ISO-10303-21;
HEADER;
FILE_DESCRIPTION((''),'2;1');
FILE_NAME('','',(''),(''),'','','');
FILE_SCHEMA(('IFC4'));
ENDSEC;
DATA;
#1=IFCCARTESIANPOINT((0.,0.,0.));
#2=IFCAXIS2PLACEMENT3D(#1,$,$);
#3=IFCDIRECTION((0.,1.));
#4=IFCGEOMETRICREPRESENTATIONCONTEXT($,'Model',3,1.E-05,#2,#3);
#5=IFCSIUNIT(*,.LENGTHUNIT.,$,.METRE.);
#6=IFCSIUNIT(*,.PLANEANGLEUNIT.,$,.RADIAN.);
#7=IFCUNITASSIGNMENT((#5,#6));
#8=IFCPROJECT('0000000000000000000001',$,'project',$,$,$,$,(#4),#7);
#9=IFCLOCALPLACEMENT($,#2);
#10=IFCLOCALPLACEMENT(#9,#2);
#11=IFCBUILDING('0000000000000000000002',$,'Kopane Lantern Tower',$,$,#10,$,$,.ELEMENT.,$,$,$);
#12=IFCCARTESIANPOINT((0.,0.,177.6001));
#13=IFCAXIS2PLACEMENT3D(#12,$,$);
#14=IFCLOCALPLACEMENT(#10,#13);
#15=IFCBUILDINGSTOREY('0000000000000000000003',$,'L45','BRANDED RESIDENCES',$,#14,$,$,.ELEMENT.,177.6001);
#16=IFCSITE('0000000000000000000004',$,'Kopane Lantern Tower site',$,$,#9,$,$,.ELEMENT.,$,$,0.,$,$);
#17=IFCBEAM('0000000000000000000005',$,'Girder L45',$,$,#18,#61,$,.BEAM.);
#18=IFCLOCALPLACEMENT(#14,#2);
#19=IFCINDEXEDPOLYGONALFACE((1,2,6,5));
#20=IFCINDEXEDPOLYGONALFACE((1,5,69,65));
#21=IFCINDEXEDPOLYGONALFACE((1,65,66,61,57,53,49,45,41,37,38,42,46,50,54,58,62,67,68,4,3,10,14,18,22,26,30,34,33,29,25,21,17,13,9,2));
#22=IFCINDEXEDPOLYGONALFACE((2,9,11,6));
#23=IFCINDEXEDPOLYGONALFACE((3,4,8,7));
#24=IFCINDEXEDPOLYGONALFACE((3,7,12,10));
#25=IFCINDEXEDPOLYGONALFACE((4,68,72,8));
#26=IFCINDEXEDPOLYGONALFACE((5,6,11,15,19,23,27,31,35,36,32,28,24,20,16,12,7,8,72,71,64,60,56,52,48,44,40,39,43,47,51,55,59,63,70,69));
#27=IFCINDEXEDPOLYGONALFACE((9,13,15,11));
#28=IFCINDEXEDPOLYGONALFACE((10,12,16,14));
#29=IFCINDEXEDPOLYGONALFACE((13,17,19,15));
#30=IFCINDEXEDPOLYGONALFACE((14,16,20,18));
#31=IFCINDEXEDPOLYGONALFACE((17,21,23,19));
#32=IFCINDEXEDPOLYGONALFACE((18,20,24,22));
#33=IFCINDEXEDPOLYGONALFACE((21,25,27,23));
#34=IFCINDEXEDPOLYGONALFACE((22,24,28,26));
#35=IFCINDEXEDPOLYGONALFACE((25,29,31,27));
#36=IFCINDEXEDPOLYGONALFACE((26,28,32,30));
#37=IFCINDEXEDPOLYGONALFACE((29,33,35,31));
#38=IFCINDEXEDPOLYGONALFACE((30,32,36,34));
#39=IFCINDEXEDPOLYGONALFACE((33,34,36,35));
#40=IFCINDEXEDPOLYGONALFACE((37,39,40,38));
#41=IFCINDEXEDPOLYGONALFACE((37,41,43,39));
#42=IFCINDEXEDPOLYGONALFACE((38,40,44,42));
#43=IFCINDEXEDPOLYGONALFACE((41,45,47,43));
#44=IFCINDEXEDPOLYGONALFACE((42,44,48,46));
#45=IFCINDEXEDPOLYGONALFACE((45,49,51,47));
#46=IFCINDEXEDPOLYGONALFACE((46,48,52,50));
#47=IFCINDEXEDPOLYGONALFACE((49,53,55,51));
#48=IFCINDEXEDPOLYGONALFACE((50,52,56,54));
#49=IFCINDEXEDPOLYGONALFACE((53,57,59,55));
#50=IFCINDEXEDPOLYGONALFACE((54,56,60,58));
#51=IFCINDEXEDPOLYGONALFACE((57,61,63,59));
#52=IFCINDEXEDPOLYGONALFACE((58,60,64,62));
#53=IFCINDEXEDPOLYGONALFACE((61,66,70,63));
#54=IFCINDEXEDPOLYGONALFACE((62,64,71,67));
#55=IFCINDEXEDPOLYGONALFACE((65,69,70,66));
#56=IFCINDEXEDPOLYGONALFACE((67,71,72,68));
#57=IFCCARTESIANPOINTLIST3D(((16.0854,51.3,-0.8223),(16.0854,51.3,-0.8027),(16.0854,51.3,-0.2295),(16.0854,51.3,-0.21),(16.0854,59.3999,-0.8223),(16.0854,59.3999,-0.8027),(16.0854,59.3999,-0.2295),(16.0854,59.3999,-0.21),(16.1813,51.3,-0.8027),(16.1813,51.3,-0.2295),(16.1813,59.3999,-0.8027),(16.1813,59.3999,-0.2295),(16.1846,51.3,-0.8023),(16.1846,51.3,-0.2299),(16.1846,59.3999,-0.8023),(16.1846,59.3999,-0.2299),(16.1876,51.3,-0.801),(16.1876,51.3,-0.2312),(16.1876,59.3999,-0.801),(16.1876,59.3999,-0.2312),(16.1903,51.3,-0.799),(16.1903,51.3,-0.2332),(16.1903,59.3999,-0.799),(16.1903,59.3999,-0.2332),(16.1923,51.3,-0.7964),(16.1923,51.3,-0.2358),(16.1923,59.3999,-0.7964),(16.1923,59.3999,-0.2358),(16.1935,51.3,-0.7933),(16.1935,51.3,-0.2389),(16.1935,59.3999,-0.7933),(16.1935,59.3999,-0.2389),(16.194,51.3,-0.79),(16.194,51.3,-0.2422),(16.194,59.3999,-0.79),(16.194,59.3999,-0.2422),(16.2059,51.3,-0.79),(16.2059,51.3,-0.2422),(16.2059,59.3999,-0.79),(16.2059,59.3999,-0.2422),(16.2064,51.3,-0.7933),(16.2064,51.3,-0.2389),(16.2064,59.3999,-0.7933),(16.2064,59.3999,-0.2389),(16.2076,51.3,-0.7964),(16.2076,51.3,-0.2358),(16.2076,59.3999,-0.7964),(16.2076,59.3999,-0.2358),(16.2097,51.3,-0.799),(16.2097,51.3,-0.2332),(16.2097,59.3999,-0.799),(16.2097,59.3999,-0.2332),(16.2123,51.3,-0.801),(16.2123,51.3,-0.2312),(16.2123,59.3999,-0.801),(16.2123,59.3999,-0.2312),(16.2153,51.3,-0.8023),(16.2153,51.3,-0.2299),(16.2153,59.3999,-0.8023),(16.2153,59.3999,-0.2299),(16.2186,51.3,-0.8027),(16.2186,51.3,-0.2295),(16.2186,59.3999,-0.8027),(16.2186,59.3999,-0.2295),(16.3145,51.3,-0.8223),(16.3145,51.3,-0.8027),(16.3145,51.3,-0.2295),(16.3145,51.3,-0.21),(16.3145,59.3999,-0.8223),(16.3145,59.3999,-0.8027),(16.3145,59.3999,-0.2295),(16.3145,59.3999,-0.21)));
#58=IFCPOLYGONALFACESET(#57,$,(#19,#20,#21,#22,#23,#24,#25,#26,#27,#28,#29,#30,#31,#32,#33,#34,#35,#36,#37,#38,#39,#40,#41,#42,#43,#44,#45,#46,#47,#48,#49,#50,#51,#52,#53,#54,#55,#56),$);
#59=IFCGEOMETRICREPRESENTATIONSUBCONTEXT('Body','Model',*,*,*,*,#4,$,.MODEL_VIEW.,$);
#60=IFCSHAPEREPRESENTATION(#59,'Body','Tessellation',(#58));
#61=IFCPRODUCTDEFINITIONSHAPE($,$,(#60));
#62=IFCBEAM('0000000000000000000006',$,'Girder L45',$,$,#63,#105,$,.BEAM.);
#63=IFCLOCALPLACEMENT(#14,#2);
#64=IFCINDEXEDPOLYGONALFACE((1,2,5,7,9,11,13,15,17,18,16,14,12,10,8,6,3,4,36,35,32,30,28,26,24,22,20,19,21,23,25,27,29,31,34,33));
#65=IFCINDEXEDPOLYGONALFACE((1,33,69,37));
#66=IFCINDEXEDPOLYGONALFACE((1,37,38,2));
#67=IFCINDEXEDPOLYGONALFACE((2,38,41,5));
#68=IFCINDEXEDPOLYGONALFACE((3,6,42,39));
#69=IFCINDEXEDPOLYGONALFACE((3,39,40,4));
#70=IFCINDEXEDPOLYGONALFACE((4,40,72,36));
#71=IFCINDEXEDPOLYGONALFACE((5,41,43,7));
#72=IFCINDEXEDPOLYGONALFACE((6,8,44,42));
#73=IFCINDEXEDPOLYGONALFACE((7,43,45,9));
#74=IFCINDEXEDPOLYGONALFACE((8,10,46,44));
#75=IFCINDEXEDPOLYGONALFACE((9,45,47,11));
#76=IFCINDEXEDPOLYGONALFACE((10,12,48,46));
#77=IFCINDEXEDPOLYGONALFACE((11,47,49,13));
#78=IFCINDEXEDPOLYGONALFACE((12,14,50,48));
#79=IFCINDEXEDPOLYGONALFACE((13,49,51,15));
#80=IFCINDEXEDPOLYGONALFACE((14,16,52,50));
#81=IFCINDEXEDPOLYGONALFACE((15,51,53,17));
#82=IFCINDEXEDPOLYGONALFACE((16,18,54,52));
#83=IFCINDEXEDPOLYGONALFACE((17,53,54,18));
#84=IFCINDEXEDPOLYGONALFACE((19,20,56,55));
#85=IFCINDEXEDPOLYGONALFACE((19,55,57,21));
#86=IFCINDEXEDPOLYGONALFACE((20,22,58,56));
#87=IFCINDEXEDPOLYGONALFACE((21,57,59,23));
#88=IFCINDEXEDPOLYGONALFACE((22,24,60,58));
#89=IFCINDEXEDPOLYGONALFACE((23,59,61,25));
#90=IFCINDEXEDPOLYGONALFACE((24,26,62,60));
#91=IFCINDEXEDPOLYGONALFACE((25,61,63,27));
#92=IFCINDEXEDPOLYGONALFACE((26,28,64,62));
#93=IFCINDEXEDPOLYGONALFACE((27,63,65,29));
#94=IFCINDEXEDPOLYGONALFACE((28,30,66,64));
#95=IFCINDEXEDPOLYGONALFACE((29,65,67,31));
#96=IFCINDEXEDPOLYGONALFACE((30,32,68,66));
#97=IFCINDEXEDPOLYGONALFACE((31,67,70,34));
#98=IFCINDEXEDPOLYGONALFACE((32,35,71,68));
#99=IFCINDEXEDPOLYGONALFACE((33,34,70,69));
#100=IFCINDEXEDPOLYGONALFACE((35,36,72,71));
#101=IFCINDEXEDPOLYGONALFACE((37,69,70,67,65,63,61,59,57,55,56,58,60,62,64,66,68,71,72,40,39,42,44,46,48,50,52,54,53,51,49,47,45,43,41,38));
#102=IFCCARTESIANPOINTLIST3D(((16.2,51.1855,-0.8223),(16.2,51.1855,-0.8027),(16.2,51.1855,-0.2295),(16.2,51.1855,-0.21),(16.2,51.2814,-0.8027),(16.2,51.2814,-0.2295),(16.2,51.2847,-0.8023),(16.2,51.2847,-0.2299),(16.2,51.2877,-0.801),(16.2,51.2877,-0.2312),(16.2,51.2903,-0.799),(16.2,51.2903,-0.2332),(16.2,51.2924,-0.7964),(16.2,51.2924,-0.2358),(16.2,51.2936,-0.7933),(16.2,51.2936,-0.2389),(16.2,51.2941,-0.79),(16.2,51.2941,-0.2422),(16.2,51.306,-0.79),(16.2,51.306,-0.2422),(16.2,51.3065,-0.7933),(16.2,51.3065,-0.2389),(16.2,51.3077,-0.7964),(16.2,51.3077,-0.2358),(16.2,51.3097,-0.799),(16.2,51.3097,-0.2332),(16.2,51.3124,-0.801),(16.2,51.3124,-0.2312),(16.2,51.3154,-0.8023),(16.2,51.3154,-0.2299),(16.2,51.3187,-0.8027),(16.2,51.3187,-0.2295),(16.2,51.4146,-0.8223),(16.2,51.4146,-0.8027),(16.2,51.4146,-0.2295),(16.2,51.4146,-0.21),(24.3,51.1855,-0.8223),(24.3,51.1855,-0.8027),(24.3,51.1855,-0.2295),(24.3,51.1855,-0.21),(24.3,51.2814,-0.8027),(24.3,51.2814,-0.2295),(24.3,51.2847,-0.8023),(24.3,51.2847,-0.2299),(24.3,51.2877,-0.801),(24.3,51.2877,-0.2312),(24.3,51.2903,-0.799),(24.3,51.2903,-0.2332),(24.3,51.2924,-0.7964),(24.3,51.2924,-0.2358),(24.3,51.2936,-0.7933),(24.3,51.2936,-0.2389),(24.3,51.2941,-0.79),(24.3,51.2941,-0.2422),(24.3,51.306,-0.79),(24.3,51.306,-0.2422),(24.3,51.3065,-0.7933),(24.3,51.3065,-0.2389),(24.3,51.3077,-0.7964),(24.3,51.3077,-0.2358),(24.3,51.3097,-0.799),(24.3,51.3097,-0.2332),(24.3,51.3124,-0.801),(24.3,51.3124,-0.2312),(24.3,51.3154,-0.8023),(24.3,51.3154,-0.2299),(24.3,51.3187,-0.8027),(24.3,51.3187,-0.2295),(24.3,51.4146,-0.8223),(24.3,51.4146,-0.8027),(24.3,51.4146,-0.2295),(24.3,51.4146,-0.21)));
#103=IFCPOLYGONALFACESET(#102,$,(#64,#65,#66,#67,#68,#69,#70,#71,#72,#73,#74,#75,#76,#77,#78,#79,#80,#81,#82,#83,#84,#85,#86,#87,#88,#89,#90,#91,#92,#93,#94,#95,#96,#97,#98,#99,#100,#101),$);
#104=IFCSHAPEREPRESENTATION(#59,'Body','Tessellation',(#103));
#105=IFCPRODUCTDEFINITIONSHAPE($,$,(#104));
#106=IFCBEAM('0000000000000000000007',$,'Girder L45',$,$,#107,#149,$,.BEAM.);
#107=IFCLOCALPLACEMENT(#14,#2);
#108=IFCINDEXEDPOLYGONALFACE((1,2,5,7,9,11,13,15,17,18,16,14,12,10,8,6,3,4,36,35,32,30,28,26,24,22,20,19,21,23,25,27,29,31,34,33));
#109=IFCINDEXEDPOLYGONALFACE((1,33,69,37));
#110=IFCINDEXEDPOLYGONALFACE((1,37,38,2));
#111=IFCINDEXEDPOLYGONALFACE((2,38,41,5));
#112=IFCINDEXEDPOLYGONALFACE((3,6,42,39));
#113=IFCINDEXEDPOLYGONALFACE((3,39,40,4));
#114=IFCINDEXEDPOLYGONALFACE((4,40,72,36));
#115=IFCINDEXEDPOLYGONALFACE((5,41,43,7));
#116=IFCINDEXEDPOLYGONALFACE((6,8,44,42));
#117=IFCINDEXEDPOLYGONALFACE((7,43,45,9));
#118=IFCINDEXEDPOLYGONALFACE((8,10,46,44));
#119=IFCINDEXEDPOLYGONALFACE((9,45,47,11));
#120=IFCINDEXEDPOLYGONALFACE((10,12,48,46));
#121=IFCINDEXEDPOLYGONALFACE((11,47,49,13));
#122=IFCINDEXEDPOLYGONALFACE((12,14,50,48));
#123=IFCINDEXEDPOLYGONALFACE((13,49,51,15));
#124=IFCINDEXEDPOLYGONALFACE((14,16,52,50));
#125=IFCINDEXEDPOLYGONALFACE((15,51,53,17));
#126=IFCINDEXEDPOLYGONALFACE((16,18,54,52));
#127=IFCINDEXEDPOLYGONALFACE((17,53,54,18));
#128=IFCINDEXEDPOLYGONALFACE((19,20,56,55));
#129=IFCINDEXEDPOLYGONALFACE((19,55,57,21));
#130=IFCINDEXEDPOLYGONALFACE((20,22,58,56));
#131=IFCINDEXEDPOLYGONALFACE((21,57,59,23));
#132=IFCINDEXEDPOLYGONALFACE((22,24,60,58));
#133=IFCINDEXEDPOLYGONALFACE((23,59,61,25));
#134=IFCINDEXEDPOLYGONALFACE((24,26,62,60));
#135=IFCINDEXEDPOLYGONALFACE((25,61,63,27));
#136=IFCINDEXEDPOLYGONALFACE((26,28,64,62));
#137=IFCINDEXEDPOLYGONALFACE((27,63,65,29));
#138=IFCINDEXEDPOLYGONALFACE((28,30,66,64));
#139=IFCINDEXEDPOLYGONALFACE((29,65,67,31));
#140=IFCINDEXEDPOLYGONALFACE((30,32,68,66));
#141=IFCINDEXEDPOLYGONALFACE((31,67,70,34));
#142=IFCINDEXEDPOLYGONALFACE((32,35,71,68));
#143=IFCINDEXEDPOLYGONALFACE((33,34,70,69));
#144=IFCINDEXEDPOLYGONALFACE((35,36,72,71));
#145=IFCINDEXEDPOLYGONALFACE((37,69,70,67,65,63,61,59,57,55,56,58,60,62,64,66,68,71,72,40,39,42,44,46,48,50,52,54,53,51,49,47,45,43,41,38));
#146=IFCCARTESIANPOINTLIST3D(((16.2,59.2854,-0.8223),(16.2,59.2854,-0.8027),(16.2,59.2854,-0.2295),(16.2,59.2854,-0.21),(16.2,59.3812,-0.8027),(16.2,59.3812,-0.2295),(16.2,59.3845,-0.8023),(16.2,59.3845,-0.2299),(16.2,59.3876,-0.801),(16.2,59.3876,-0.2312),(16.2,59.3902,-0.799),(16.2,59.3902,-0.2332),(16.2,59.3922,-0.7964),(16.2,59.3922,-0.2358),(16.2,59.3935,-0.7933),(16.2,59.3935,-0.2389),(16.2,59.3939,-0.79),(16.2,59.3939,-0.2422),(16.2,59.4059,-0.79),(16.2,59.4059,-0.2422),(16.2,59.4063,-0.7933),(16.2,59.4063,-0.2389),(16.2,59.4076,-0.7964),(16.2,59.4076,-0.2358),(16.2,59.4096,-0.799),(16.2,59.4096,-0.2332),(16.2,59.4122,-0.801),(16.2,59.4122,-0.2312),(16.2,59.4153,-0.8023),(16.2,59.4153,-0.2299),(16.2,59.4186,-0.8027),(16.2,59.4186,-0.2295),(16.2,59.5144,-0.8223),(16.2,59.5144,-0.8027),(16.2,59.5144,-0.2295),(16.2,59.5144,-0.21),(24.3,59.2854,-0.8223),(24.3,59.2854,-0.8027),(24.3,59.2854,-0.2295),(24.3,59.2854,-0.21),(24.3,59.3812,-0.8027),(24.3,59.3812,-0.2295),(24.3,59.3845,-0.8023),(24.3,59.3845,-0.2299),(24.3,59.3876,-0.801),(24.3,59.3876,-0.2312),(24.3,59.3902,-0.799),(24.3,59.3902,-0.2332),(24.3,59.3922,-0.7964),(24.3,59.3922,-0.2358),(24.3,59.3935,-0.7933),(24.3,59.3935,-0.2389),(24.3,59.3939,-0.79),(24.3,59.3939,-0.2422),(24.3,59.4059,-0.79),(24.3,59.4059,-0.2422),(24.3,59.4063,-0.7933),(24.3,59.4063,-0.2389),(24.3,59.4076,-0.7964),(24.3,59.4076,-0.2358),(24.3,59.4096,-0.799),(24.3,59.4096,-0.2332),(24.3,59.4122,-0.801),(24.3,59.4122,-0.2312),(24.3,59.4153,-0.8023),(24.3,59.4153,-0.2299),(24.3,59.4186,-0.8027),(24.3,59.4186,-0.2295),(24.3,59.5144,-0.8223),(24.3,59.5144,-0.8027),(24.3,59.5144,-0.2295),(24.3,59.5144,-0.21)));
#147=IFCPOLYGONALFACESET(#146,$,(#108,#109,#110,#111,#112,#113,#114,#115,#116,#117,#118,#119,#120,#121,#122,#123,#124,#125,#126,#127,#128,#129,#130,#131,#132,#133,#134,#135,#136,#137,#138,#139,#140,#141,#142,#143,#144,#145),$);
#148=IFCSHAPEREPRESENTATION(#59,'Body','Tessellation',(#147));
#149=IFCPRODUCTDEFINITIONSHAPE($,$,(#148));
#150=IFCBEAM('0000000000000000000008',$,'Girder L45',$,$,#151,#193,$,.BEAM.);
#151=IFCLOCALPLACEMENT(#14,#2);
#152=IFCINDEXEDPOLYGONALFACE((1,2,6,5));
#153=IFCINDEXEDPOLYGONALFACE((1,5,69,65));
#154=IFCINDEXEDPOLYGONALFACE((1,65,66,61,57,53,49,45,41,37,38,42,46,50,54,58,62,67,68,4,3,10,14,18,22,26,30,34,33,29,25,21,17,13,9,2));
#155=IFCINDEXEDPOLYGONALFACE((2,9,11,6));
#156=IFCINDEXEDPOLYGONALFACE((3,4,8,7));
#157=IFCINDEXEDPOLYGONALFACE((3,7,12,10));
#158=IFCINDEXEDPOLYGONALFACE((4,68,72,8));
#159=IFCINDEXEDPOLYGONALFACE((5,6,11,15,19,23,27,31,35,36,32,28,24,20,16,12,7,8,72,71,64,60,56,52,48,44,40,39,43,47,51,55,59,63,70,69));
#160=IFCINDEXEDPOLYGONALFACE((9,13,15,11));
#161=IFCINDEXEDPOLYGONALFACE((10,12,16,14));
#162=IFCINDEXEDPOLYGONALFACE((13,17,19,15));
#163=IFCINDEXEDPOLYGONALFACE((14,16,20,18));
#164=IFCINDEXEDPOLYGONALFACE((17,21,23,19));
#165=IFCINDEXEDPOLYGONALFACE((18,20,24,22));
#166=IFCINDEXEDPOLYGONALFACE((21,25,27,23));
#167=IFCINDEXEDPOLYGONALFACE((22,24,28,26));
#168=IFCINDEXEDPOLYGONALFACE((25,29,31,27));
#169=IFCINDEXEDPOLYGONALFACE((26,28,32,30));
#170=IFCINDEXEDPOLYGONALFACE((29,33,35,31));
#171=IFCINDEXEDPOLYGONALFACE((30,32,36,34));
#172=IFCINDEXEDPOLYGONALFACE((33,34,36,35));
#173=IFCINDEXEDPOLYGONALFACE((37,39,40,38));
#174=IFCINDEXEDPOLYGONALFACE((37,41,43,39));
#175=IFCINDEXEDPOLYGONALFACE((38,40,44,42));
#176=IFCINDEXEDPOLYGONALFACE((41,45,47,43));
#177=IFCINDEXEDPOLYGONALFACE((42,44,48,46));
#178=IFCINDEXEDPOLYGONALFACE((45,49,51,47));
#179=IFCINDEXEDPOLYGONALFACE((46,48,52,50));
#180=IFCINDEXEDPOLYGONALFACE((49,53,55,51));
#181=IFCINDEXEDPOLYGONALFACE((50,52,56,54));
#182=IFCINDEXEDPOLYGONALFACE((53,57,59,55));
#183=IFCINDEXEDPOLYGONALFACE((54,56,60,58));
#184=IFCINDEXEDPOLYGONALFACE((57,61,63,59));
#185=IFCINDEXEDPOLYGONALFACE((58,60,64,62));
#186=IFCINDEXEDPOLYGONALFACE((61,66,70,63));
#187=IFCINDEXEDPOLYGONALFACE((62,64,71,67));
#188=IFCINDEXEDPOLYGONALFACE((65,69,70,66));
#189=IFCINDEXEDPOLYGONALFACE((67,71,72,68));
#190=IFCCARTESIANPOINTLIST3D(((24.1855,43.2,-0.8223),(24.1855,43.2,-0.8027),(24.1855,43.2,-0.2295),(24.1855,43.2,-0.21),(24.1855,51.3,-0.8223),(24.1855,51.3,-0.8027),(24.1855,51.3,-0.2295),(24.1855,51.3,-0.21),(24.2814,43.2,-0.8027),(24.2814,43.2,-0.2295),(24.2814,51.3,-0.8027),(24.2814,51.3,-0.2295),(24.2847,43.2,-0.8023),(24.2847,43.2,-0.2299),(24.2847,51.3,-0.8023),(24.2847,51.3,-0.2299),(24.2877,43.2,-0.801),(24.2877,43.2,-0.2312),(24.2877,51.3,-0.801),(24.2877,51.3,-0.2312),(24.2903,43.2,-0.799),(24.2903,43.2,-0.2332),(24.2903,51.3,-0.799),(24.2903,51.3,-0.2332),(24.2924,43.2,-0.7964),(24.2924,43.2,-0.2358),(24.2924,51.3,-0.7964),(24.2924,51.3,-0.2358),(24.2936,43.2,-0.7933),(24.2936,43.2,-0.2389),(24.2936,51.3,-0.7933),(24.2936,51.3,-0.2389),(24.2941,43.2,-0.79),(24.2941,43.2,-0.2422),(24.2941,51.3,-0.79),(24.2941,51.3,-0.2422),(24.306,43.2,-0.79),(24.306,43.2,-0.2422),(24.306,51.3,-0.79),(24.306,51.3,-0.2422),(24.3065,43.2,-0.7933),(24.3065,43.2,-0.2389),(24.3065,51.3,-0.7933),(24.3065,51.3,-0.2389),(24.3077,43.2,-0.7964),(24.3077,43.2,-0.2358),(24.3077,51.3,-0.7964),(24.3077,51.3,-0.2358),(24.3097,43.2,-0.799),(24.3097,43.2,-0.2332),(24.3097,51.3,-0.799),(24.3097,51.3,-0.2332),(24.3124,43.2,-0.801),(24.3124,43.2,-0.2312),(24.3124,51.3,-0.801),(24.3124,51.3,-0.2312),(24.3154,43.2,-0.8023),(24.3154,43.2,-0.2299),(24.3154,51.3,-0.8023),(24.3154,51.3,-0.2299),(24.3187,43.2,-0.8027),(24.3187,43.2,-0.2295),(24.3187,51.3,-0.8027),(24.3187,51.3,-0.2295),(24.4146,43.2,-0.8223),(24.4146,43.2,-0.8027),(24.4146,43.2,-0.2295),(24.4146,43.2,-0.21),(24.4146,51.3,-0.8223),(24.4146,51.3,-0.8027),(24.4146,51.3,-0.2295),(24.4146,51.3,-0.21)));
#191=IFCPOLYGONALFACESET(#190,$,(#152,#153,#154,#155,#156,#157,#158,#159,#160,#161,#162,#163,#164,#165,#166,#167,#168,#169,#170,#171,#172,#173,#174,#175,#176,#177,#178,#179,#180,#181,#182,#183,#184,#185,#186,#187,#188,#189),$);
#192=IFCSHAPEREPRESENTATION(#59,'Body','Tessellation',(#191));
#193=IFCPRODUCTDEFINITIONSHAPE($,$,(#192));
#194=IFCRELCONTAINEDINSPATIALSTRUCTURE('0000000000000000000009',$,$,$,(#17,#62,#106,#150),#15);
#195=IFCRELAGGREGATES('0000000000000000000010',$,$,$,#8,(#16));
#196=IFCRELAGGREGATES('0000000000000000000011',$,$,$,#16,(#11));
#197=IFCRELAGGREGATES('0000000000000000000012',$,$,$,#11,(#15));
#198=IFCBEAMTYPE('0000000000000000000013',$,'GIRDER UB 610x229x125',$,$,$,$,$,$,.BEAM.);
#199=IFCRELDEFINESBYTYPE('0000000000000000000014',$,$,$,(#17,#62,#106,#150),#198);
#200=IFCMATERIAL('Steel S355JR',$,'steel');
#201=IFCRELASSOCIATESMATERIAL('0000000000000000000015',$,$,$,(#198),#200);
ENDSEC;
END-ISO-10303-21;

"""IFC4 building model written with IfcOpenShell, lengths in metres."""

from ifc_helpers import new_model, si_unit, direction, frame, origin, origin_2d, place, context, subcontext, project, spatial, i_section, extrude, material, material_profile, profile_set, type_object, element, save


model = new_model("IFC4")

# Units and contexts
model_context = context("Model", 3, precision=1e-05, world=origin(), true_north=direction((0.0, 1.0)))
body_context = subcontext(model_context, "Body", "Model", "MODEL_VIEW")
ifc_project = project(units=[si_unit("LENGTHUNIT", "METRE"), si_unit("PLANEANGLEUNIT", "RADIAN")], contexts=[model_context])

# Site, building, storey
site_placement = place(None, origin())
site = spatial("IfcSite", under=ifc_project, at=site_placement, Name="Kopane Lantern Tower site", CompositionType="ELEMENT", RefElevation=0.0)
building_placement = place(site_placement, origin())
building = spatial("IfcBuilding", under=site, at=building_placement, Name="Kopane Lantern Tower", CompositionType="ELEMENT")
storey_placement = place(building_placement, frame((0.0, 0.0, 177.6001)))
storey = spatial("IfcBuildingStorey", under=building, at=storey_placement, Name="L45", Description="BRANDED RESIDENCES", CompositionType="ELEMENT", Elevation=177.6001)

# Beams
ifc_material_1 = material(Name="Steel S355JR", Category="steel")
ifc_material_profile_1 = material_profile(ifc_material_1, i_section(OverallWidth=0.229, OverallDepth=0.6123, WebThickness=0.012, FlangeThickness=0.0195, FilletRadius=0.0127, at=origin_2d()), Name="UB 610x229x125")
ifc_profile_set_1 = profile_set([ifc_material_profile_1], Name="Steel S355JR")
beam_type = type_object("IfcBeamType", Name="GIRDER UB 610x229x125", PredefinedType="BEAM", material=ifc_profile_set_1)
beam_placement = place(storey_placement, frame((16.2, 51.3, -0.5161), z_axis=(0.0, 1.0, 0.0), x_axis=(-1.0, 0.0, 0.0)))
element("IfcBeam", 1, at=beam_placement, inside=storey, type_object=beam_type, Name="Girder L45", PredefinedType="BEAM", context=body_context, shape_type="SweptSolid", body=[
    extrude(i_section(OverallWidth=0.229, OverallDepth=0.6123, WebThickness=0.012, FlangeThickness=0.0195, FilletRadius=0.0127, at=origin_2d()), origin(), (0.0, 0.0, 1.0), 8.0999),
])
for number, where, z_axis, x_axis, name in (
    (2, (16.2, 51.3, -0.5161), (1.0, 0.0, 0.0), (0.0, 1.0, 0.0), "Girder L45"),
    (3, (16.2, 59.3999, -0.5161), (1.0, 0.0, 0.0), (0.0, 1.0, 0.0), "Girder L45"),
    (4, (24.3, 43.2, -0.5161), (0.0, 1.0, 0.0), (-1.0, 0.0, 0.0), "Girder L45"),
):
    element("IfcBeam", number, at=place(storey_placement, frame(where, z_axis=z_axis, x_axis=x_axis)), inside=storey, type_object=beam_type, Name=name, PredefinedType="BEAM", context=body_context, shape_type="SweptSolid", body=[
        extrude(i_section(OverallWidth=0.229, OverallDepth=0.6123, WebThickness=0.012, FlangeThickness=0.0195, FilletRadius=0.0127, at=origin_2d()), origin(), (0.0, 0.0, 1.0), 8.1001),
    ])

save(model, "model.ifc")
